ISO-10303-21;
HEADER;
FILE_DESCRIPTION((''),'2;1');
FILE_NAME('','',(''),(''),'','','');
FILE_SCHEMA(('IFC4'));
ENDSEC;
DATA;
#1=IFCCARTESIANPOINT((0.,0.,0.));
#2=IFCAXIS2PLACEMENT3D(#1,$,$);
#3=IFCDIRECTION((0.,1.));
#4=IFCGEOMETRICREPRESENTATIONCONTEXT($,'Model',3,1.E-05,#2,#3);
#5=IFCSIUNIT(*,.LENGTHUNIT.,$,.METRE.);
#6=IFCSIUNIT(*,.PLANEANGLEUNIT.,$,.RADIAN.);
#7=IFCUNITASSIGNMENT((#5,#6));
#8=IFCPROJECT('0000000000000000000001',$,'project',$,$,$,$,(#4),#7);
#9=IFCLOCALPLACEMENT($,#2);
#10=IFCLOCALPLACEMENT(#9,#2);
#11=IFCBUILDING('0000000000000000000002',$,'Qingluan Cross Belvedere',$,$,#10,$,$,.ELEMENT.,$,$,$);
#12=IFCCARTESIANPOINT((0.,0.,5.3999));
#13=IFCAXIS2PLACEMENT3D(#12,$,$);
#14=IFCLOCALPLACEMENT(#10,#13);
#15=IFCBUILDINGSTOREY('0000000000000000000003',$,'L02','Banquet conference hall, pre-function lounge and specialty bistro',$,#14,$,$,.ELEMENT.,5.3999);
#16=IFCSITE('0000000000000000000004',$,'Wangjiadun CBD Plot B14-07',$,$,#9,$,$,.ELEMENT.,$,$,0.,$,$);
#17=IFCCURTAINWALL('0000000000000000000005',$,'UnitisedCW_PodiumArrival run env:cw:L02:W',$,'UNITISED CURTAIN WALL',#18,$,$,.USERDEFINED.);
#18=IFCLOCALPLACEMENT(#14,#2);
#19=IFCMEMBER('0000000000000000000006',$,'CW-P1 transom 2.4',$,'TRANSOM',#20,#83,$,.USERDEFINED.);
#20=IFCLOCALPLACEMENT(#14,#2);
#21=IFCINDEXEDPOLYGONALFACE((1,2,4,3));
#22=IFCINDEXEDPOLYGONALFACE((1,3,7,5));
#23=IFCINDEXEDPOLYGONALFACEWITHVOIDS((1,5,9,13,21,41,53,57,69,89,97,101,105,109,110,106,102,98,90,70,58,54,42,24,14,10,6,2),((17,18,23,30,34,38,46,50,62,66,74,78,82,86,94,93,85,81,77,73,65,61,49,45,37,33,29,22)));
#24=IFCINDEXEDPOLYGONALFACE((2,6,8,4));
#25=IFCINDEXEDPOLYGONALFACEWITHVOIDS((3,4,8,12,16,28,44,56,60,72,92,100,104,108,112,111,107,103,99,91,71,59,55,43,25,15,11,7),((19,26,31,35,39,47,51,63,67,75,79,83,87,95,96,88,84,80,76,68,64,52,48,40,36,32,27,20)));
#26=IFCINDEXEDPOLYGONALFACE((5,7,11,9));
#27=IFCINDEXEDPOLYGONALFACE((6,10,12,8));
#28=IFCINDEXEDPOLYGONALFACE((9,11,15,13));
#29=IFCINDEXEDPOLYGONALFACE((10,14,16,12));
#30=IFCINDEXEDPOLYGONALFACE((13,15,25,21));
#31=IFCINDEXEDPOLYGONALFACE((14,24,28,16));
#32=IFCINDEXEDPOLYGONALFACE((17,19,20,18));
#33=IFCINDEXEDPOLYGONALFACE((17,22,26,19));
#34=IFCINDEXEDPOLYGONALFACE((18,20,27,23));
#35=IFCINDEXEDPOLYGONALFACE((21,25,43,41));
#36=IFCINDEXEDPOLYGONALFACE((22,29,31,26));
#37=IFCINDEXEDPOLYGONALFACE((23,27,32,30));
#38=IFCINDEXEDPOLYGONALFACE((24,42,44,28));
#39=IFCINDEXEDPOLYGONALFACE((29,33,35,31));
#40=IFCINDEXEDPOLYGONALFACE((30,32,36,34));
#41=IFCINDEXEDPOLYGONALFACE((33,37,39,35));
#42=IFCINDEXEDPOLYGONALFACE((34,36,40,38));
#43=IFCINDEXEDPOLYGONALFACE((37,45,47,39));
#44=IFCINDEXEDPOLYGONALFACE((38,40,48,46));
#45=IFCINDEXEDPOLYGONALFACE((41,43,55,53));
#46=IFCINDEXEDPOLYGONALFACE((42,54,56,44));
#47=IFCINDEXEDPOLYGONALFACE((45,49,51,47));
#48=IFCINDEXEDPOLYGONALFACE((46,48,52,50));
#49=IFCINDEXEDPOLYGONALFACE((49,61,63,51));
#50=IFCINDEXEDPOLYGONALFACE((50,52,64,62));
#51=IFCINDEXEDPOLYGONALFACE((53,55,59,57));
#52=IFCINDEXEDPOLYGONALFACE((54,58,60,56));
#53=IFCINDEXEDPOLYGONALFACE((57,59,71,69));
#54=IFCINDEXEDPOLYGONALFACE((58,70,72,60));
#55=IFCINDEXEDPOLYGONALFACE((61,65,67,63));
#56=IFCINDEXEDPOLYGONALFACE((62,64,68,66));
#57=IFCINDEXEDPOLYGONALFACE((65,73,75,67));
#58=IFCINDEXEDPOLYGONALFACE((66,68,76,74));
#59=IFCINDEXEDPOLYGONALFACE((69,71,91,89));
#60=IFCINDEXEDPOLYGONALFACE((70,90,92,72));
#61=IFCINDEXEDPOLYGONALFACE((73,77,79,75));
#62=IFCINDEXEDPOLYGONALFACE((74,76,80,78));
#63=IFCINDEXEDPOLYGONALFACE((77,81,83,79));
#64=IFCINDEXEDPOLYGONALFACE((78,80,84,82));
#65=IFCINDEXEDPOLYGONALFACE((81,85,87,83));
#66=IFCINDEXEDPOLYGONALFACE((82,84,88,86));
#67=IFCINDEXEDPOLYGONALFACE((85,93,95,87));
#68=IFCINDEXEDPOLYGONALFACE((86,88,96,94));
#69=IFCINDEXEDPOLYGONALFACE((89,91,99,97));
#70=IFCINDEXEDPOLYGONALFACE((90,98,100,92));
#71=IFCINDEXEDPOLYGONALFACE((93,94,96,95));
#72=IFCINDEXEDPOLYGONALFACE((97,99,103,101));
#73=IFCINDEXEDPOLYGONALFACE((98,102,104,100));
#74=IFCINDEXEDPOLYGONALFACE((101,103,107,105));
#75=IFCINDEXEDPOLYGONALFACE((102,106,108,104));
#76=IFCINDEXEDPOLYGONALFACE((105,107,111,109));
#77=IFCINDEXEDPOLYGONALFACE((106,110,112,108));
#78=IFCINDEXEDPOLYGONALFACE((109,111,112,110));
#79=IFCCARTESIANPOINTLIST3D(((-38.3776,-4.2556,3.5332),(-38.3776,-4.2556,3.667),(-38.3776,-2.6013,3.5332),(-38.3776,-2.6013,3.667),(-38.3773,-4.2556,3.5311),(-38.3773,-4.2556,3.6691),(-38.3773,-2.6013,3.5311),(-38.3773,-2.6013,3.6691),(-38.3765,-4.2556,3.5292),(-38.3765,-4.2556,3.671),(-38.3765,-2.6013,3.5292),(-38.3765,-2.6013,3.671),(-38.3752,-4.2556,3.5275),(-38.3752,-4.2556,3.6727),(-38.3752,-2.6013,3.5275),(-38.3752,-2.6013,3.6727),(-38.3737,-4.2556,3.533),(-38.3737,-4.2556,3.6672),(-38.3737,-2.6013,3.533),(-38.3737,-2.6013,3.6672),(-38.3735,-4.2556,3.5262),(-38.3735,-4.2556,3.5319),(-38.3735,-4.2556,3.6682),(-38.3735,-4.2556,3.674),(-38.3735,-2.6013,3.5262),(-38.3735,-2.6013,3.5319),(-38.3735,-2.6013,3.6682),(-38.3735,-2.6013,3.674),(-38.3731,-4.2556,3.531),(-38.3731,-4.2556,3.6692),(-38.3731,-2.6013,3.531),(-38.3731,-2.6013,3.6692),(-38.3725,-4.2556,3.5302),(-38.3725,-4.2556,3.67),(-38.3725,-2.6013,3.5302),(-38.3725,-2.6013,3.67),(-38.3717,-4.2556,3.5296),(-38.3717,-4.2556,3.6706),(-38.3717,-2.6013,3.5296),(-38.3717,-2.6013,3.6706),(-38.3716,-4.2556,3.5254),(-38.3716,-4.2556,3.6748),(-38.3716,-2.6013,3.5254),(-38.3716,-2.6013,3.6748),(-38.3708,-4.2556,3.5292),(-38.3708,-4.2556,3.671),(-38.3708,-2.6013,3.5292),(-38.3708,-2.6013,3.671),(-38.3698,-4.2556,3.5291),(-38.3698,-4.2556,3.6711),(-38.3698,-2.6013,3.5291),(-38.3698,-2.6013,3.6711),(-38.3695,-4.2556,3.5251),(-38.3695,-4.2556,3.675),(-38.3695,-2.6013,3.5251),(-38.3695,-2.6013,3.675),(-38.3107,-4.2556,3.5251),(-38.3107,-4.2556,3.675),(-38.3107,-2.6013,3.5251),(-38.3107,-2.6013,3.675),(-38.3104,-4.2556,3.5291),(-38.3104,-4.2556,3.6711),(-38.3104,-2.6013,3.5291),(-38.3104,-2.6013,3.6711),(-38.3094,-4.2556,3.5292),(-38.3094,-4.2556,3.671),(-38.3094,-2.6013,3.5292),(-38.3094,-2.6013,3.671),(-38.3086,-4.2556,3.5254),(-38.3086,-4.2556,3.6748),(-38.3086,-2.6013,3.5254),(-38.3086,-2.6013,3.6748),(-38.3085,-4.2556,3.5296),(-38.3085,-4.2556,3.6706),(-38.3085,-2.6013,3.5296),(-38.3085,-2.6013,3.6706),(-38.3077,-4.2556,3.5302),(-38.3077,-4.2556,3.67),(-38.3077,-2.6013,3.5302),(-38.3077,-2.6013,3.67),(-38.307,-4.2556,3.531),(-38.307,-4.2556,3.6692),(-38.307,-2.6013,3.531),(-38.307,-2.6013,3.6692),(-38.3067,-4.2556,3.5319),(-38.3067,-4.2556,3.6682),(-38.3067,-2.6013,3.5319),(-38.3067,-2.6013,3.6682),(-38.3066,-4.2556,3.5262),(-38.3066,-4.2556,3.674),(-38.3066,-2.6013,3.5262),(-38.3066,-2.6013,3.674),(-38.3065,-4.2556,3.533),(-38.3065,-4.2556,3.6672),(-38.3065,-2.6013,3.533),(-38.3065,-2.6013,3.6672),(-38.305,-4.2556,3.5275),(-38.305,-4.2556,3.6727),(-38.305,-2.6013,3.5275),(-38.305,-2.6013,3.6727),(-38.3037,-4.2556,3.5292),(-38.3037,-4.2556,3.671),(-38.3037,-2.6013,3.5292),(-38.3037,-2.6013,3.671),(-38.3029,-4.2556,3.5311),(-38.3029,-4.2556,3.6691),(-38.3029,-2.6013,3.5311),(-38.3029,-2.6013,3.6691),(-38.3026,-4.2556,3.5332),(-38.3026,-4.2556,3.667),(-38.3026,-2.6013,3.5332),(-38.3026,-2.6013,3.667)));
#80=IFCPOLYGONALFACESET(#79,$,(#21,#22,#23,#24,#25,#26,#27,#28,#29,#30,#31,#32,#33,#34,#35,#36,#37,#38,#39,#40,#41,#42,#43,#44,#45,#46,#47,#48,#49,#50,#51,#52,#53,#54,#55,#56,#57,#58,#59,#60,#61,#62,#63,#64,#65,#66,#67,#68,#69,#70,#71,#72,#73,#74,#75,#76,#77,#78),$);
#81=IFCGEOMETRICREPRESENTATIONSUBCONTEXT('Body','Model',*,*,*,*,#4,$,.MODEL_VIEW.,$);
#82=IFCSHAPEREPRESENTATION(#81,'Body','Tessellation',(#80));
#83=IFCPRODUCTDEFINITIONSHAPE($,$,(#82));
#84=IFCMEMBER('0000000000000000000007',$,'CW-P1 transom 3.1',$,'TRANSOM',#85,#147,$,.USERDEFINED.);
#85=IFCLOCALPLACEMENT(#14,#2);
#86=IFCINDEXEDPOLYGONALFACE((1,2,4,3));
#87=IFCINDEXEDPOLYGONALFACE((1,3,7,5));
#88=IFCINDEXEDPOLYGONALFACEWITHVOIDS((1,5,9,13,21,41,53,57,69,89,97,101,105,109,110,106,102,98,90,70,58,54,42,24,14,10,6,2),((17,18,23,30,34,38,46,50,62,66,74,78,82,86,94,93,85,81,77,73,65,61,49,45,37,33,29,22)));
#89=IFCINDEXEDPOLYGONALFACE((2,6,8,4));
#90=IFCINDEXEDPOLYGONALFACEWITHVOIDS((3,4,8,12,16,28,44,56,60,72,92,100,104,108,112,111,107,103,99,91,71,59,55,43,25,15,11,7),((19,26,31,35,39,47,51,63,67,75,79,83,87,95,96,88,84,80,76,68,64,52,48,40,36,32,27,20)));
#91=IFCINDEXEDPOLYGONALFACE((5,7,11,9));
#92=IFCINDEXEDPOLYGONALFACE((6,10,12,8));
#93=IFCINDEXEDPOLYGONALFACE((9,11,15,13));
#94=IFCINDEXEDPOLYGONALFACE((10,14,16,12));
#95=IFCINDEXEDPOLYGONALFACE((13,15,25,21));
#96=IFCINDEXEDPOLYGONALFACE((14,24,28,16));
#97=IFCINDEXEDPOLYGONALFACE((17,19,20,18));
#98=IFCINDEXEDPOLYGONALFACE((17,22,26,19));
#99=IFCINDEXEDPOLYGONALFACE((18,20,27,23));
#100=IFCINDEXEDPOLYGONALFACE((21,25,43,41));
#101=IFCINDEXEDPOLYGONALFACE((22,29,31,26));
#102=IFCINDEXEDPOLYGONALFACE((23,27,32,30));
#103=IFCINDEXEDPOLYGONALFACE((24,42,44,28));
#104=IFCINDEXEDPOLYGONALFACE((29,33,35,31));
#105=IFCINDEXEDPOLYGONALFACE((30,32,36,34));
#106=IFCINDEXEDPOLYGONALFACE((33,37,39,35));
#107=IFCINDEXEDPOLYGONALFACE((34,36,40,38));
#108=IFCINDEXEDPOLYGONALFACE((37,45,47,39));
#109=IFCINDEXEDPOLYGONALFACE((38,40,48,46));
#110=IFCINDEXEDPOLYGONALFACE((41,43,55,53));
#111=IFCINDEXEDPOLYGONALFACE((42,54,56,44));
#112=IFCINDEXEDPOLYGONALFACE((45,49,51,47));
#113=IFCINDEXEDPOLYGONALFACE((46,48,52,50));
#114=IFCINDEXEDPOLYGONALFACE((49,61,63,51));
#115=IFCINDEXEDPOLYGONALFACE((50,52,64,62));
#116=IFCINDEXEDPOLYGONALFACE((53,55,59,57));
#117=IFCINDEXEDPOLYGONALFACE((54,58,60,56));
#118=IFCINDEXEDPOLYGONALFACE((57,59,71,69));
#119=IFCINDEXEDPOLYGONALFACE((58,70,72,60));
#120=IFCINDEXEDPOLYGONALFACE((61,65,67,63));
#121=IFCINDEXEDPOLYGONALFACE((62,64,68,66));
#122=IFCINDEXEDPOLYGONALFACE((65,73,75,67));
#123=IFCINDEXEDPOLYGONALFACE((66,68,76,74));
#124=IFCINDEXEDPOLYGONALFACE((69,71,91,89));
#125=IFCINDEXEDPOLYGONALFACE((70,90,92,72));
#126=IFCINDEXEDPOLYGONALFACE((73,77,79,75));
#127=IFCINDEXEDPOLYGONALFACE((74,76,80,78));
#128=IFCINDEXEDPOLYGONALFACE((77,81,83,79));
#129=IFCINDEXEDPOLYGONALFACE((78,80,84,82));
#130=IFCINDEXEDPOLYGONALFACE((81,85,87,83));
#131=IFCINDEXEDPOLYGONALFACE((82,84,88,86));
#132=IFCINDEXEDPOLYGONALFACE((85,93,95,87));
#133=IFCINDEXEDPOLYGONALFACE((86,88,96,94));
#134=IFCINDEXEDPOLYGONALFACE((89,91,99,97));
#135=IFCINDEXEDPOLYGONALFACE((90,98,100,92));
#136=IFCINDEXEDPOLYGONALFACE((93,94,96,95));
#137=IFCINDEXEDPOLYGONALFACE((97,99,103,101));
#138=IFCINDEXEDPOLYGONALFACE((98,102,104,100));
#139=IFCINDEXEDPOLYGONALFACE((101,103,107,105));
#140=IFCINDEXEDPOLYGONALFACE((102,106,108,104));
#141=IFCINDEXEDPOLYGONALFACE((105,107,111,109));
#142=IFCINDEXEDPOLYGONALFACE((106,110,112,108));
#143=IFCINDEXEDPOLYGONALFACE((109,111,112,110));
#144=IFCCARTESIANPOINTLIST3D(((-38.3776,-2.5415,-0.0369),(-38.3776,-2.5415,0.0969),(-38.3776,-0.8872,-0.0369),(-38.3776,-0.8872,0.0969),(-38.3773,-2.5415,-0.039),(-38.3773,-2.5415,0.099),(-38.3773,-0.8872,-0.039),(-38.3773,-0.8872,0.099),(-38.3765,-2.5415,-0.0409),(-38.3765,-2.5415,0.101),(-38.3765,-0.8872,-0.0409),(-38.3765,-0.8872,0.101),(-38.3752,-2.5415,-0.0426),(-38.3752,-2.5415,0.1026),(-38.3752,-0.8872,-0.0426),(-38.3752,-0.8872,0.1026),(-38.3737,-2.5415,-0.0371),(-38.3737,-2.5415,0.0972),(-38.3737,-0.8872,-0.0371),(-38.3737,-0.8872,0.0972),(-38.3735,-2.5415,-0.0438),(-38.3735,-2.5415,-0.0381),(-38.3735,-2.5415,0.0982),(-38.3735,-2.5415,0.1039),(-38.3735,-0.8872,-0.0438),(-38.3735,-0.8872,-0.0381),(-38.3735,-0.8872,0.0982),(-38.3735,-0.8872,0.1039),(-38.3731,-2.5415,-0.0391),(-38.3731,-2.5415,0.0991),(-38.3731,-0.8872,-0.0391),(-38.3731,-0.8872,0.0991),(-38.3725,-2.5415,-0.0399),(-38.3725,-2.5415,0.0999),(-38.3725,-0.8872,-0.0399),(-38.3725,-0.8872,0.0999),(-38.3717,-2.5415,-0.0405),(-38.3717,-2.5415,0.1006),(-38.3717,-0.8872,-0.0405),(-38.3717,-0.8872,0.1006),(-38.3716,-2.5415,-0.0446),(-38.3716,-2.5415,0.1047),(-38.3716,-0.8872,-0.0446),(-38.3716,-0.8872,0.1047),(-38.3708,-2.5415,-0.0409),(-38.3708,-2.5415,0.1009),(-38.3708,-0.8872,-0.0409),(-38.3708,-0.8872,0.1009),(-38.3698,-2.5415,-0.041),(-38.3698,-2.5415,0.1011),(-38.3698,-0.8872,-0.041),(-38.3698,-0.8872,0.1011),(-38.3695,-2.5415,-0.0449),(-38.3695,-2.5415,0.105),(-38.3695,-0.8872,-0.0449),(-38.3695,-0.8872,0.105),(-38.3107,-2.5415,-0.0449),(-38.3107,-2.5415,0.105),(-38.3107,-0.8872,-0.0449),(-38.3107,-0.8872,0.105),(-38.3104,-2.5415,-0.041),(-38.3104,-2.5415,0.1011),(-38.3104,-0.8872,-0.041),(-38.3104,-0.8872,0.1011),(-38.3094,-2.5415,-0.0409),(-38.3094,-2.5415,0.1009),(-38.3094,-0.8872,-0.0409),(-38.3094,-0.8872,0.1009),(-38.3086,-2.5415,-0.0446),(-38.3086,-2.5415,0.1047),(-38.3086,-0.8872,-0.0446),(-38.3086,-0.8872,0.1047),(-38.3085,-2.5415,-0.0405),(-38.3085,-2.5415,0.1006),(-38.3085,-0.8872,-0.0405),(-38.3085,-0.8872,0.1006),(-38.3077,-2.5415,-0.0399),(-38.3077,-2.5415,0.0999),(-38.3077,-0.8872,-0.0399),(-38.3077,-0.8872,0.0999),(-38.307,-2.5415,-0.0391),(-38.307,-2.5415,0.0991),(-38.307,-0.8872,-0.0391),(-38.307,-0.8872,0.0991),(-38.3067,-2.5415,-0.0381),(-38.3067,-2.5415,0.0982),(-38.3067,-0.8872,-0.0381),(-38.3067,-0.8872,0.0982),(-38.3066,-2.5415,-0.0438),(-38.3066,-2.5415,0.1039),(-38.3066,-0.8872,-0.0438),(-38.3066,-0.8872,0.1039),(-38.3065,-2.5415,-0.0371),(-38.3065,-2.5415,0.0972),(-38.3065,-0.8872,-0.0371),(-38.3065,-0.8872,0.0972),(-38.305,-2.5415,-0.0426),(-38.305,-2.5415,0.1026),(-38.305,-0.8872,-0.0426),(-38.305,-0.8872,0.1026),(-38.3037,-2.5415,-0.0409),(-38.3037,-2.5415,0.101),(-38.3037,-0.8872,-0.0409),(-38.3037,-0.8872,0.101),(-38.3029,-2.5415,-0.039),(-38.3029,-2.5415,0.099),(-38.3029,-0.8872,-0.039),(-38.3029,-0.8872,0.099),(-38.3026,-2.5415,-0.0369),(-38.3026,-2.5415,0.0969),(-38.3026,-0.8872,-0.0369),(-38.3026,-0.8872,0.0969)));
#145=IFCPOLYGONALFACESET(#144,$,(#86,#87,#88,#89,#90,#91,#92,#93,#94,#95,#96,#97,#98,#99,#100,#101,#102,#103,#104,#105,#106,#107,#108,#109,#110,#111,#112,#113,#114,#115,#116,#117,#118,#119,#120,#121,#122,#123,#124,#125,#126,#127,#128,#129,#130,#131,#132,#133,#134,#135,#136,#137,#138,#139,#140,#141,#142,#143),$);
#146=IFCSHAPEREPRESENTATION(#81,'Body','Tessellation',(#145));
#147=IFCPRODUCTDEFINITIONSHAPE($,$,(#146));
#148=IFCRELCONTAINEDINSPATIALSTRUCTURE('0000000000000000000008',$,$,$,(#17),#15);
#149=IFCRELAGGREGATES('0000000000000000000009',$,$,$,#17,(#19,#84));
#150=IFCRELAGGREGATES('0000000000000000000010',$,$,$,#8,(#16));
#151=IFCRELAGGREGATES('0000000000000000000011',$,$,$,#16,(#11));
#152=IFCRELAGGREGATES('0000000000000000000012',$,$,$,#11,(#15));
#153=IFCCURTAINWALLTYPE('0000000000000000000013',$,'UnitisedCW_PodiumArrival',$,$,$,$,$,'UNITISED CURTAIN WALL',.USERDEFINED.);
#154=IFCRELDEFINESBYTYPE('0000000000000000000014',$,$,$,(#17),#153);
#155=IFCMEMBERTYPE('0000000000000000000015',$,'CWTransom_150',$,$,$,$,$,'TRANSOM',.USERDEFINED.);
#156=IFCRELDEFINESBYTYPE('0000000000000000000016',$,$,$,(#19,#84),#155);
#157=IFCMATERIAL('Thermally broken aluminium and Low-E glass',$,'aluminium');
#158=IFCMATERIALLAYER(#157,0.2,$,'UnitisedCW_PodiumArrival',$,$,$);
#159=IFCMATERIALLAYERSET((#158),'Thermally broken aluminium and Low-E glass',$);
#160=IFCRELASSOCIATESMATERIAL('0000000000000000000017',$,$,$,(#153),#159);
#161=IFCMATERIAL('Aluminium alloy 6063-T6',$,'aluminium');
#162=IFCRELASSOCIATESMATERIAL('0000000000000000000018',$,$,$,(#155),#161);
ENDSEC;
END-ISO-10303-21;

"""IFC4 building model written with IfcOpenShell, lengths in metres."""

from ifc_helpers import new_model, si_unit, direction, frame, origin, origin_2d, place, context, subcontext, project, spatial, hollow_rectangle, extrude, material, layer, layer_set, material_profile, profile_set, type_object, element, aggregate, save


model = new_model("IFC4")

# Units and contexts
model_context = context("Model", 3, precision=1e-05, world=origin(), true_north=direction((0.0, 1.0)))
body_context = subcontext(model_context, "Body", "Model", "MODEL_VIEW")
ifc_project = project(units=[si_unit("LENGTHUNIT", "METRE"), si_unit("PLANEANGLEUNIT", "RADIAN")], contexts=[model_context])

# Site, building, storey
site_placement = place(None, origin())
site = spatial("IfcSite", under=ifc_project, at=site_placement, Name="Wangjiadun CBD Plot B14-07", CompositionType="ELEMENT", RefElevation=0.0)
building_placement = place(site_placement, origin())
building = spatial("IfcBuilding", under=site, at=building_placement, Name="Qingluan Cross Belvedere", CompositionType="ELEMENT")
storey_placement = place(building_placement, frame((0.0, 0.0, 5.3999)))
storey = spatial("IfcBuildingStorey", under=building, at=storey_placement, Name="L02", Description="Banquet conference hall, pre-function lounge and specialty bistro", CompositionType="ELEMENT", Elevation=5.3999)

# Curtain wall, members
ifc_material_1 = material(Name="Thermally broken aluminium and Low-E glass", Category="aluminium")
ifc_layer_1 = layer(ifc_material_1, 0.2, Name="UnitisedCW_PodiumArrival")
ifc_layer_set_1 = layer_set([ifc_layer_1], Name="Thermally broken aluminium and Low-E glass")
curtain_wall_type = type_object("IfcCurtainWallType", Name="UnitisedCW_PodiumArrival", ElementType="UNITISED CURTAIN WALL", PredefinedType="USERDEFINED", material=ifc_layer_set_1)
curtain_wall_placement = place(storey_placement, origin())
curtain_wall = element("IfcCurtainWall", 1, at=curtain_wall_placement, inside=storey, type_object=curtain_wall_type, Name="UnitisedCW_PodiumArrival run env:cw:L02:W", ObjectType="UNITISED CURTAIN WALL", PredefinedType="USERDEFINED")
ifc_material_2 = material(Name="Aluminium alloy 6063-T6", Category="aluminium")
ifc_material_profile_1 = material_profile(ifc_material_2, hollow_rectangle(XDim=0.075, YDim=0.1499, WallThickness=0.0039, InnerFilletRadius=0.0039, OuterFilletRadius=0.0081, at=origin_2d()), Name="CWT150x75x4")
ifc_profile_set_1 = profile_set([ifc_material_profile_1], Name="Aluminium alloy 6063-T6")
member_type_1 = type_object("IfcMemberType", Name="CWTransom_150", ElementType="TRANSOM", PredefinedType="USERDEFINED", material=ifc_profile_set_1)
member_1_placement = place(storey_placement, frame((-38.3401, -4.2556, 3.6001), z_axis=(0.0, 1.0, 0.0), x_axis=(-1.0, 0.0, 0.0)))
member_1 = element("IfcMember", 2, at=member_1_placement, type_object=member_type_1, Name="CW-P1 transom 2.4", ObjectType="TRANSOM", PredefinedType="USERDEFINED", context=body_context, shape_type="SweptSolid", body=[
    extrude(hollow_rectangle(XDim=0.075, YDim=0.1499, WallThickness=0.0039, InnerFilletRadius=0.0039, OuterFilletRadius=0.0081, at=origin_2d()), origin(), (0.0, 0.0, 1.0), 1.6543),
])
member_2_placement = place(storey_placement, frame((-38.3401, -2.5415, 0.03), z_axis=(0.0, 1.0, 0.0), x_axis=(-1.0, 0.0, 0.0)))
member_2 = element("IfcMember", 3, at=member_2_placement, type_object=member_type_1, Name="CW-P1 transom 3.1", ObjectType="TRANSOM", PredefinedType="USERDEFINED", context=body_context, shape_type="SweptSolid", body=[
    extrude(hollow_rectangle(XDim=0.075, YDim=0.1499, WallThickness=0.0039, InnerFilletRadius=0.0039, OuterFilletRadius=0.0081, at=origin_2d()), origin(), (0.0, 0.0, 1.0), 1.6543),
])

aggregate(curtain_wall, [member_1, member_2])

save(model, "model.ifc")
